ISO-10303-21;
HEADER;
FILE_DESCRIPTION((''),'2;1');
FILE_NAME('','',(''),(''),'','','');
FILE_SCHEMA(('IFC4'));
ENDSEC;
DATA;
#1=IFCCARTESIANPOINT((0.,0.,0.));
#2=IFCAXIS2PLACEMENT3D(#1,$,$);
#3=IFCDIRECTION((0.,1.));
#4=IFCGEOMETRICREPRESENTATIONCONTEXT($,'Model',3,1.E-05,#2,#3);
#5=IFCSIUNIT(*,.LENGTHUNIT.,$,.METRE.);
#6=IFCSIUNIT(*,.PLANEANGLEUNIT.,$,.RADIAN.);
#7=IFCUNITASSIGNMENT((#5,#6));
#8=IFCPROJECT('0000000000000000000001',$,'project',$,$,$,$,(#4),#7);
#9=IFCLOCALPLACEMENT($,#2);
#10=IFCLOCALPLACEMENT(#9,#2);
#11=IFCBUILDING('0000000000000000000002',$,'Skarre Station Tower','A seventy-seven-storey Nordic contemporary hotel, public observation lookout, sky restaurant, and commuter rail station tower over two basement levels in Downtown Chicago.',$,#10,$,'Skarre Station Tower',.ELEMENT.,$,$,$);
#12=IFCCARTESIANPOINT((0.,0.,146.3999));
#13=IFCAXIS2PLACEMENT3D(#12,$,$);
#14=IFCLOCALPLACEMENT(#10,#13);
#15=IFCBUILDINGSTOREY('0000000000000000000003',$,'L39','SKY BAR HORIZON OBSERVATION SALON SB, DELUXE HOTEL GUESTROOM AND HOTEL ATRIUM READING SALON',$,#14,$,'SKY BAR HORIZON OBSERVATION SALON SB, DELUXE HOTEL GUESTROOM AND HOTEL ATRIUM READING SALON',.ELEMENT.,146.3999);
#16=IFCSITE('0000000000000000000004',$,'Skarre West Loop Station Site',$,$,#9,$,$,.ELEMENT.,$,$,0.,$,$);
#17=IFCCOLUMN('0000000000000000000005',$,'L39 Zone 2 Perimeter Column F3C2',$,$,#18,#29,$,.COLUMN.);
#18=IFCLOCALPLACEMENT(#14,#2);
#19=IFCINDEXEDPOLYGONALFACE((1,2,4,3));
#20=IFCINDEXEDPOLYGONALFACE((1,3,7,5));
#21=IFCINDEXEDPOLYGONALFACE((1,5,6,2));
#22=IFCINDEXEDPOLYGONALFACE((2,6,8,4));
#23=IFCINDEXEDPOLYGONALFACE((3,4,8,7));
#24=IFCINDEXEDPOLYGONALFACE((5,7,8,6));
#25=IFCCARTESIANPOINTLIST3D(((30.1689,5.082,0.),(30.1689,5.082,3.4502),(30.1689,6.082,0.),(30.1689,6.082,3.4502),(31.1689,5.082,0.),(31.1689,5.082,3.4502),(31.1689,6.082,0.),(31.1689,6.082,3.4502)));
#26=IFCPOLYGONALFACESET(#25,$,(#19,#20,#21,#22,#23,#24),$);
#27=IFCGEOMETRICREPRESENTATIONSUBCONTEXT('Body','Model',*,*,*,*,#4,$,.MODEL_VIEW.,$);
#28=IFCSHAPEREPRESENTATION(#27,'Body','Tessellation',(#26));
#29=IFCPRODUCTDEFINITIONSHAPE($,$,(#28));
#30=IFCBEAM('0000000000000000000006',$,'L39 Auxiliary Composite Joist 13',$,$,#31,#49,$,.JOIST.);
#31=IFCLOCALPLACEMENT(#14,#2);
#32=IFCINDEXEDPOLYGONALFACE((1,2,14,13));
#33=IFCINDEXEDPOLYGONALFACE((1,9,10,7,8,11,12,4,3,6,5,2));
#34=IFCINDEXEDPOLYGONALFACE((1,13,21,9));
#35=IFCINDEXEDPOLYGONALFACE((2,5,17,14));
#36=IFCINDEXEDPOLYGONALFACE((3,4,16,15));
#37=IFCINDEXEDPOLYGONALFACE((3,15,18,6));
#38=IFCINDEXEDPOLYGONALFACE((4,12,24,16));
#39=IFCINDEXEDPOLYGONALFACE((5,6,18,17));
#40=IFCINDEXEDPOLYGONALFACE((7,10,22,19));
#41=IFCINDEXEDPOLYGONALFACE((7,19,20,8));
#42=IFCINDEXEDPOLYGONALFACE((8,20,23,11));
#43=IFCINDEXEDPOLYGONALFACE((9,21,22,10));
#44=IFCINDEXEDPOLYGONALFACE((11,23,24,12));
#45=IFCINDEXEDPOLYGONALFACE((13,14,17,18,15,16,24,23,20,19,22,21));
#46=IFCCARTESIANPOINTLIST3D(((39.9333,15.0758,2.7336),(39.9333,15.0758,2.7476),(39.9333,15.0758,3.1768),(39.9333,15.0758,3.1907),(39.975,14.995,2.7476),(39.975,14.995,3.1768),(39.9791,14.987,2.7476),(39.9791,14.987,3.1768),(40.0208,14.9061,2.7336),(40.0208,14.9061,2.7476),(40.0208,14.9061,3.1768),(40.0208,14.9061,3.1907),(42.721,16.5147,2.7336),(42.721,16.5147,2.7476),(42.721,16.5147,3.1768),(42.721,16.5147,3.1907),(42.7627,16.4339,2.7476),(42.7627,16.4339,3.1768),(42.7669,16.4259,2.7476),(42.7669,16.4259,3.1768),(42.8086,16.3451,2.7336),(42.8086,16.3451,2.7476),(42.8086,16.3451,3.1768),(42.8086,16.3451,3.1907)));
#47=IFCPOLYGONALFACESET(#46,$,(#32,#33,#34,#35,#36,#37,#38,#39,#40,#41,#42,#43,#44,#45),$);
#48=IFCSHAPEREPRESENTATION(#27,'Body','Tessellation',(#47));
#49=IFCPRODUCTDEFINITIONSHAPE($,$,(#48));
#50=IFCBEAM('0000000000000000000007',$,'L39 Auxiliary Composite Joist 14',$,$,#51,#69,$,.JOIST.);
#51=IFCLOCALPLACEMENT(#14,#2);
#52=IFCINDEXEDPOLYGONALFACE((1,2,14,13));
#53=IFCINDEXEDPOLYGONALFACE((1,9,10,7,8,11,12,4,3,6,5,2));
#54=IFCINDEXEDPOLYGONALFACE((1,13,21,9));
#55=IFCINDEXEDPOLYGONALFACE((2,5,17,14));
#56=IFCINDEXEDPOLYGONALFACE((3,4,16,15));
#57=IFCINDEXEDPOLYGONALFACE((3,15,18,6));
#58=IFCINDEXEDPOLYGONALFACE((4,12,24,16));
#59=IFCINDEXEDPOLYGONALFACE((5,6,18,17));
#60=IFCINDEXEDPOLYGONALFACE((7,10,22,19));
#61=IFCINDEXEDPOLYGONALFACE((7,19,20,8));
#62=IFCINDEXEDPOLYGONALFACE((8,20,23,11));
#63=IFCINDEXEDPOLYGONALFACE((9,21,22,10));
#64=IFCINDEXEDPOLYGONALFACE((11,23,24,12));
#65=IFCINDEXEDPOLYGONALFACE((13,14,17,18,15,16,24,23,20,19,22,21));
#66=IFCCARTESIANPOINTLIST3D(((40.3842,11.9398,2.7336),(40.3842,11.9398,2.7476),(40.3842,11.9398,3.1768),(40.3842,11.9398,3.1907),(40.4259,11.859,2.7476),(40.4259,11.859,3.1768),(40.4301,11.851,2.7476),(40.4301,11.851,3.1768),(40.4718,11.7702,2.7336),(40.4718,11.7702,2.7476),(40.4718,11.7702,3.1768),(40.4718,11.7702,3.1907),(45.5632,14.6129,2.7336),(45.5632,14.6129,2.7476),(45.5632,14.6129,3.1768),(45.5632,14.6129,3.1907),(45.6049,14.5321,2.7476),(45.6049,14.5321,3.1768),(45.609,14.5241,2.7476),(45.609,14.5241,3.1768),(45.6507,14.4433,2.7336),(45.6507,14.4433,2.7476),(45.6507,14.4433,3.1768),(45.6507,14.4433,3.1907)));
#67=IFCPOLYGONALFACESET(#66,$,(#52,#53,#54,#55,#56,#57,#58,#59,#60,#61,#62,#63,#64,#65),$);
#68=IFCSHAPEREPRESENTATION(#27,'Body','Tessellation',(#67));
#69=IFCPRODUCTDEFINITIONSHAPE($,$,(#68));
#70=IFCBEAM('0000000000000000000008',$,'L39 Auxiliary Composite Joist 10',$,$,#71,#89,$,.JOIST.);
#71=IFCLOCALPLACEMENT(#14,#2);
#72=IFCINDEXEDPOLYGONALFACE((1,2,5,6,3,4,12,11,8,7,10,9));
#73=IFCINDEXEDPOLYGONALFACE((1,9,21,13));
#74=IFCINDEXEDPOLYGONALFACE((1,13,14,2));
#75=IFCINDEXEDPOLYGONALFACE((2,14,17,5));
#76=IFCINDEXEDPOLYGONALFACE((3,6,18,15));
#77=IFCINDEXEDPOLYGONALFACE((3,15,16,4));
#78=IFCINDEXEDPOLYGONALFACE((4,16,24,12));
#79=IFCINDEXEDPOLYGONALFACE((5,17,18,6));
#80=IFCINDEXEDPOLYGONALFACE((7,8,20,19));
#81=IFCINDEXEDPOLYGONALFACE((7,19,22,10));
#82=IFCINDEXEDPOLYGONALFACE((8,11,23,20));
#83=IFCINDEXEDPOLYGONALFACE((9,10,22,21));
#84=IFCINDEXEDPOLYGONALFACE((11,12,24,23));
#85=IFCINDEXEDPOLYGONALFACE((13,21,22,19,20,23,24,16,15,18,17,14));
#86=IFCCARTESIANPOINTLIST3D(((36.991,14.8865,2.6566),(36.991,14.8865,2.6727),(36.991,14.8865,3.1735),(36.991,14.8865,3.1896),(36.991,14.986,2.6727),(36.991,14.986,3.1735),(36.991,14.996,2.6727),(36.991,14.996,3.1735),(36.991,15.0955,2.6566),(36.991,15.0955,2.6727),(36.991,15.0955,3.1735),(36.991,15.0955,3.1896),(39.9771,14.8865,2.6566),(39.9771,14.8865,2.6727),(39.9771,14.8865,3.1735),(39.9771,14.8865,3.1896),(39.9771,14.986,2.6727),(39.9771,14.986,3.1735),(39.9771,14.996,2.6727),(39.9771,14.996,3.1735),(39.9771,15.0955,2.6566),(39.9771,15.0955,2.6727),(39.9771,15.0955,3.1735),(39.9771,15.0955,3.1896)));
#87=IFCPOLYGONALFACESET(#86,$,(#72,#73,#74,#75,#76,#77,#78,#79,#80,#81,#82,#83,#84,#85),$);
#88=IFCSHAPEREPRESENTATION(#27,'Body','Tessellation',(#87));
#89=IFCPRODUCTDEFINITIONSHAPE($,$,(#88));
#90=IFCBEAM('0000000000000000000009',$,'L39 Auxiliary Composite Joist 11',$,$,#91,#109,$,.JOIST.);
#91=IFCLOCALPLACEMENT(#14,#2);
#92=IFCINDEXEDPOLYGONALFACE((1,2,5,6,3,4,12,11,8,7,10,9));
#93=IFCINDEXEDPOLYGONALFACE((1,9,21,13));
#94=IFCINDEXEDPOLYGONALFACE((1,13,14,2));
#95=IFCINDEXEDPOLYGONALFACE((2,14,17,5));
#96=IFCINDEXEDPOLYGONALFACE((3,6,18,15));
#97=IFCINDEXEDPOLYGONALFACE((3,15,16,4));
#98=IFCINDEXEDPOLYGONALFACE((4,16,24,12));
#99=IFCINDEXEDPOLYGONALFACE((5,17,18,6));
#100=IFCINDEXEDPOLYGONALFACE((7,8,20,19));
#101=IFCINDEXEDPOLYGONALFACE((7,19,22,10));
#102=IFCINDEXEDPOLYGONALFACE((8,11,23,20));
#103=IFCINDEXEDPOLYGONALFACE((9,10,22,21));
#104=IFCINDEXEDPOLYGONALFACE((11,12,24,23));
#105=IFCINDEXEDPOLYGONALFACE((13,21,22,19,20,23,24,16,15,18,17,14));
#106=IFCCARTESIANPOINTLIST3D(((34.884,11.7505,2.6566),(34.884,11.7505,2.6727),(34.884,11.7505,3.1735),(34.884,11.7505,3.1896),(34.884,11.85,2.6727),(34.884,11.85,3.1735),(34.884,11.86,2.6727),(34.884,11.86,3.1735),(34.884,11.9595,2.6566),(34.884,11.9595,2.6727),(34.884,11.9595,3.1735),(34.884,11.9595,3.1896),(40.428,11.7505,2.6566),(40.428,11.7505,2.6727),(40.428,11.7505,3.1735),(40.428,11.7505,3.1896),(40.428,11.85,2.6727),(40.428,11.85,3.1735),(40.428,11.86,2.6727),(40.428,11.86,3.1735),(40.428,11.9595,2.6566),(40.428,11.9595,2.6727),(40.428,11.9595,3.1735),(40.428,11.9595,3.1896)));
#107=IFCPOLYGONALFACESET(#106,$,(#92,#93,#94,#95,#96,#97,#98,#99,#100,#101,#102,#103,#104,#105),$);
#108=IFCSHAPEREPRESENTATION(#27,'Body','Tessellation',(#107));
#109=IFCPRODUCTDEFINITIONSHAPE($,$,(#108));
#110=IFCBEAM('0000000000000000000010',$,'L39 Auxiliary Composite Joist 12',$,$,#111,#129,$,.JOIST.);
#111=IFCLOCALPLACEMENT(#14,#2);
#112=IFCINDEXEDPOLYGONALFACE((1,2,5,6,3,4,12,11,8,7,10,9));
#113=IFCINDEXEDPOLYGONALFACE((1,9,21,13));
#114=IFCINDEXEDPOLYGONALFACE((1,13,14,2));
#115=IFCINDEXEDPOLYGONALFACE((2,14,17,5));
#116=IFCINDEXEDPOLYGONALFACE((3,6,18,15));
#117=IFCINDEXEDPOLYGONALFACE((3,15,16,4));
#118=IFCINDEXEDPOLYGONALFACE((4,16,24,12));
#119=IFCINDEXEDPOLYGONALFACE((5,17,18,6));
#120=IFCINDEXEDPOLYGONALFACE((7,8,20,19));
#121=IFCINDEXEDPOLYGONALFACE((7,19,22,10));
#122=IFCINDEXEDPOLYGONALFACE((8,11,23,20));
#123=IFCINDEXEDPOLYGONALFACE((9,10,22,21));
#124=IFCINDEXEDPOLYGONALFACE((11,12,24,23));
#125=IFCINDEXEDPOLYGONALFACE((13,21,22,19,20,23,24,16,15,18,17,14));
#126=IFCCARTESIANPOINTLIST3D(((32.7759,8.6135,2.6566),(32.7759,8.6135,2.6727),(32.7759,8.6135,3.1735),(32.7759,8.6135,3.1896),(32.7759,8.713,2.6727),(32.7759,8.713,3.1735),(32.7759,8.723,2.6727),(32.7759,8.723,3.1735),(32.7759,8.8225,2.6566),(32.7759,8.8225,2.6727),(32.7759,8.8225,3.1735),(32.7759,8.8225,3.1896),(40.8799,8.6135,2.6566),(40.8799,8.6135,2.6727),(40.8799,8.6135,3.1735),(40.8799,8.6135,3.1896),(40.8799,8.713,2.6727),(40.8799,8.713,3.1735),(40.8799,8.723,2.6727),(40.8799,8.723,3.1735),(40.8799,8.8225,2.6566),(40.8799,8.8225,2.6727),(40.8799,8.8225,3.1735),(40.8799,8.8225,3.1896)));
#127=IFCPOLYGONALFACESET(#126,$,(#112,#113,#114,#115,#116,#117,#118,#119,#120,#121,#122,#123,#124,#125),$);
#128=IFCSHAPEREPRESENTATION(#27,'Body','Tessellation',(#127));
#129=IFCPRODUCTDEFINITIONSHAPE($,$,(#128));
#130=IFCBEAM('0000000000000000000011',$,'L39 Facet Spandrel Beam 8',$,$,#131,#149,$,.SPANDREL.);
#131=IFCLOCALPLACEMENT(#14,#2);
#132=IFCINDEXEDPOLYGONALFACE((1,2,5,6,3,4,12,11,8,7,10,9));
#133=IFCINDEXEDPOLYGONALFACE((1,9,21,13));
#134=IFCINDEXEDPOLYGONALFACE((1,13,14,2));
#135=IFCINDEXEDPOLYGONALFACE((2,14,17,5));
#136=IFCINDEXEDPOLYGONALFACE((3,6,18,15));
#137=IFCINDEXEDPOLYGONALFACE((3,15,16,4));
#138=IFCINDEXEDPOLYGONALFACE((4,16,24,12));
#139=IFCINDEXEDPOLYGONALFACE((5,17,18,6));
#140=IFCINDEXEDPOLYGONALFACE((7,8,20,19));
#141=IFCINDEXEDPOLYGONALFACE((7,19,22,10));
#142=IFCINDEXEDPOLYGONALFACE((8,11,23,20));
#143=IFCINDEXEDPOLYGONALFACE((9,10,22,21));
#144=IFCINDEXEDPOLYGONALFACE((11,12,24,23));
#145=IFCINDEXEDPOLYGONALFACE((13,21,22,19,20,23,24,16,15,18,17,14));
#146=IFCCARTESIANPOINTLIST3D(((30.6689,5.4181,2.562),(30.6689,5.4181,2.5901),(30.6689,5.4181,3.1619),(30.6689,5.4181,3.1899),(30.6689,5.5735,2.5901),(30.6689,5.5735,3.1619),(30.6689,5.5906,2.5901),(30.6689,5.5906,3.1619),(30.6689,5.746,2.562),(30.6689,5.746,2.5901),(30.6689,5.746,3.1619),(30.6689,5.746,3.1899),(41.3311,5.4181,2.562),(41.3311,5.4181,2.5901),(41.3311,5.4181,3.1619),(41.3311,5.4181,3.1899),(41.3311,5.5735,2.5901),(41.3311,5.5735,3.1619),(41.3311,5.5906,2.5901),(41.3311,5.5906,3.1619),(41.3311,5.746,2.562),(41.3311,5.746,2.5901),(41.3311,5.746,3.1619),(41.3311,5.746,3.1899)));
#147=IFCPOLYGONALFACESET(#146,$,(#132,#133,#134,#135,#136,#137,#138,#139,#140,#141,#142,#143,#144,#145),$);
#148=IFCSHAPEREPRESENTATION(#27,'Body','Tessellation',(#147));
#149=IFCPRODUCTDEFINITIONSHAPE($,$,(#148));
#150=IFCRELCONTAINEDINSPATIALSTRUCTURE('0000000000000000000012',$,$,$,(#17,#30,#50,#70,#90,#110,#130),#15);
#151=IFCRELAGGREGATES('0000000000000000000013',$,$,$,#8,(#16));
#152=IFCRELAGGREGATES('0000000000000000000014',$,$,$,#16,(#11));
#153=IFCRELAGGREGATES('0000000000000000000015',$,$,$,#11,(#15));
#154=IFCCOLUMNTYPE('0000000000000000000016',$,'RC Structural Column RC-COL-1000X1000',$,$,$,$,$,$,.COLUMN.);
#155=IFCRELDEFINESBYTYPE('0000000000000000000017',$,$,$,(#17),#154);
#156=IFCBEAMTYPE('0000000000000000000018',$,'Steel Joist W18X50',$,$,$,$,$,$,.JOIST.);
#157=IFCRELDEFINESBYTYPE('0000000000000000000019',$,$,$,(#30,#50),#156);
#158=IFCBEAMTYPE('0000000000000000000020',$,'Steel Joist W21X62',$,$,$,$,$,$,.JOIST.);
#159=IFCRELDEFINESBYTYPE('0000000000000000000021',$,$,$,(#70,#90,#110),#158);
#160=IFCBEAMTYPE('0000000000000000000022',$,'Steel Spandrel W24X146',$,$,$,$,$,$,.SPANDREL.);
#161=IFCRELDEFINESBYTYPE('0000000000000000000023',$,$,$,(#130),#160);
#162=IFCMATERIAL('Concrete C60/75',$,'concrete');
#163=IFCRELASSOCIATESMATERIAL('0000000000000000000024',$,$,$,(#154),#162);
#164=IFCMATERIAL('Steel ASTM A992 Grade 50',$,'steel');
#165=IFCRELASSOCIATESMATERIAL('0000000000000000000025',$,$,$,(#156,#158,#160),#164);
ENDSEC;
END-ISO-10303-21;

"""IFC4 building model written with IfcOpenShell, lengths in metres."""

from ifc_helpers import new_model, si_unit, direction, frame, origin, origin_2d, place, context, subcontext, project, spatial, rectangle, i_section, extrude, material, material_profile, profile_set, type_object, element, save


model = new_model("IFC4")

# Units and contexts
model_context = context("Model", 3, precision=1e-05, world=origin(), true_north=direction((0.0, 1.0)))
body_context = subcontext(model_context, "Body", "Model", "MODEL_VIEW")
ifc_project = project(units=[si_unit("LENGTHUNIT", "METRE"), si_unit("PLANEANGLEUNIT", "RADIAN")], contexts=[model_context])

# Site, building, storey
site_placement = place(None, origin())
site = spatial("IfcSite", under=ifc_project, at=site_placement, Name="Skarre West Loop Station Site", CompositionType="ELEMENT", RefElevation=0.0)
building_placement = place(site_placement, origin())
building = spatial("IfcBuilding", under=site, at=building_placement, Name="Skarre Station Tower", Description="A seventy-seven-storey Nordic contemporary hotel, public observation lookout, sky restaurant, and commuter rail station tower over two basement levels in Downtown Chicago.", LongName="Skarre Station Tower", CompositionType="ELEMENT")
storey_placement = place(building_placement, frame((0.0, 0.0, 146.3999)))
storey = spatial("IfcBuildingStorey", under=building, at=storey_placement, Name="L39", Description="SKY BAR HORIZON OBSERVATION SALON SB, DELUXE HOTEL GUESTROOM AND HOTEL ATRIUM READING SALON", LongName="SKY BAR HORIZON OBSERVATION SALON SB, DELUXE HOTEL GUESTROOM AND HOTEL ATRIUM READING SALON", CompositionType="ELEMENT", Elevation=146.3999)

# Column
ifc_material_1 = material(Name="Concrete C60/75", Category="concrete")
ifc_material_profile_1 = material_profile(ifc_material_1, rectangle(XDim=1.0, YDim=1.0, at=origin_2d()), Name="Concrete C60/75")
ifc_profile_set_1 = profile_set([ifc_material_profile_1], Name="Concrete C60/75")
column_type = type_object("IfcColumnType", Name="RC Structural Column RC-COL-1000X1000", PredefinedType="COLUMN", material=ifc_profile_set_1)
column_placement = place(storey_placement, frame((30.6689, 5.582, 0.0), z_axis=(0.0, 0.0, 1.0), x_axis=(1.0, 0.0, 0.0)))
element("IfcColumn", 1, at=column_placement, inside=storey, type_object=column_type, Name="L39 Zone 2 Perimeter Column F3C2", PredefinedType="COLUMN", context=body_context, shape_type="SweptSolid", body=[
    extrude(rectangle(XDim=1.0, YDim=1.0, at=origin_2d()), origin(), (0.0, 0.0, 1.0), 3.4502),
])

# Beams
ifc_material_2 = material(Name="Steel ASTM A992 Grade 50", Category="steel")
ifc_material_profile_2 = material_profile(ifc_material_2, i_section(OverallWidth=0.1909, OverallDepth=0.457, WebThickness=0.009, FlangeThickness=0.0139, at=origin_2d()), Name="Steel ASTM A992 Grade 50")
ifc_profile_set_2 = profile_set([ifc_material_profile_2], Name="Steel ASTM A992 Grade 50")
beam_type_1 = type_object("IfcBeamType", Name="Steel Joist W18X50", PredefinedType="JOIST", material=ifc_profile_set_2)
beam_1_placement = place(storey_placement, frame((39.9771, 14.991, 2.9622), z_axis=(0.88861, 0.458663, 0.0), x_axis=(-0.458663, 0.88861, 0.0)))
element("IfcBeam", 2, at=beam_1_placement, inside=storey, type_object=beam_type_1, Name="L39 Auxiliary Composite Joist 13", PredefinedType="JOIST", context=body_context, shape_type="SweptSolid", body=[
    extrude(i_section(OverallWidth=0.1909, OverallDepth=0.457, WebThickness=0.009, FlangeThickness=0.0139, at=origin_2d()), origin(), (0.0, 0.0, 1.0), 3.1372),
])
beam_2_placement = place(storey_placement, frame((40.428, 11.855, 2.9622), z_axis=(0.888615, 0.458655, 0.0), x_axis=(-0.458655, 0.888615, 0.0)))
element("IfcBeam", 3, at=beam_2_placement, inside=storey, type_object=beam_type_1, Name="L39 Auxiliary Composite Joist 14", PredefinedType="JOIST", context=body_context, shape_type="SweptSolid", body=[
    extrude(i_section(OverallWidth=0.1909, OverallDepth=0.457, WebThickness=0.009, FlangeThickness=0.0139, at=origin_2d()), origin(), (0.0, 0.0, 1.0), 5.8281),
])
ifc_material_profile_3 = material_profile(ifc_material_2, i_section(OverallWidth=0.209, OverallDepth=0.533, WebThickness=0.01, FlangeThickness=0.0161, at=origin_2d()), Name="Steel ASTM A992 Grade 50")
ifc_profile_set_3 = profile_set([ifc_material_profile_3], Name="Steel ASTM A992 Grade 50")
beam_type_2 = type_object("IfcBeamType", Name="Steel Joist W21X62", PredefinedType="JOIST", material=ifc_profile_set_3)
beam_3_placement = place(storey_placement, frame((36.991, 14.991, 2.9231), z_axis=(1.0, 0.0, 0.0), x_axis=(0.0, 1.0, 0.0)))
element("IfcBeam", 4, at=beam_3_placement, inside=storey, type_object=beam_type_2, Name="L39 Auxiliary Composite Joist 10", PredefinedType="JOIST", context=body_context, shape_type="SweptSolid", body=[
    extrude(i_section(OverallWidth=0.209, OverallDepth=0.533, WebThickness=0.01, FlangeThickness=0.0161, at=origin_2d()), origin(), (0.0, 0.0, 1.0), 2.9861),
])
beam_4_placement = place(storey_placement, frame((34.884, 11.855, 2.9231), z_axis=(1.0, 0.0, 0.0), x_axis=(0.0, 1.0, 0.0)))
element("IfcBeam", 5, at=beam_4_placement, inside=storey, type_object=beam_type_2, Name="L39 Auxiliary Composite Joist 11", PredefinedType="JOIST", context=body_context, shape_type="SweptSolid", body=[
    extrude(i_section(OverallWidth=0.209, OverallDepth=0.533, WebThickness=0.01, FlangeThickness=0.0161, at=origin_2d()), origin(), (0.0, 0.0, 1.0), 5.5439),
])
beam_5_placement = place(storey_placement, frame((32.7759, 8.718, 2.9231), z_axis=(1.0, 0.0, 0.0), x_axis=(0.0, 1.0, 0.0)))
element("IfcBeam", 6, at=beam_5_placement, inside=storey, type_object=beam_type_2, Name="L39 Auxiliary Composite Joist 12", PredefinedType="JOIST", context=body_context, shape_type="SweptSolid", body=[
    extrude(i_section(OverallWidth=0.209, OverallDepth=0.533, WebThickness=0.01, FlangeThickness=0.0161, at=origin_2d()), origin(), (0.0, 0.0, 1.0), 8.104),
])
ifc_material_profile_4 = material_profile(ifc_material_2, i_section(OverallWidth=0.3279, OverallDepth=0.6279, WebThickness=0.0171, FlangeThickness=0.0281, at=origin_2d()), Name="Steel ASTM A992 Grade 50")
ifc_profile_set_4 = profile_set([ifc_material_profile_4], Name="Steel ASTM A992 Grade 50")
beam_type_3 = type_object("IfcBeamType", Name="Steel Spandrel W24X146", PredefinedType="SPANDREL", material=ifc_profile_set_4)
beam_6_placement = place(storey_placement, frame((30.6689, 5.582, 2.876), z_axis=(1.0, 0.0, 0.0), x_axis=(0.0, 1.0, 0.0)))
element("IfcBeam", 7, at=beam_6_placement, inside=storey, type_object=beam_type_3, Name="L39 Facet Spandrel Beam 8", PredefinedType="SPANDREL", context=body_context, shape_type="SweptSolid", body=[
    extrude(i_section(OverallWidth=0.3279, OverallDepth=0.6279, WebThickness=0.0171, FlangeThickness=0.0281, at=origin_2d()), origin(), (0.0, 0.0, 1.0), 10.6621),
])

save(model, "model.ifc")
